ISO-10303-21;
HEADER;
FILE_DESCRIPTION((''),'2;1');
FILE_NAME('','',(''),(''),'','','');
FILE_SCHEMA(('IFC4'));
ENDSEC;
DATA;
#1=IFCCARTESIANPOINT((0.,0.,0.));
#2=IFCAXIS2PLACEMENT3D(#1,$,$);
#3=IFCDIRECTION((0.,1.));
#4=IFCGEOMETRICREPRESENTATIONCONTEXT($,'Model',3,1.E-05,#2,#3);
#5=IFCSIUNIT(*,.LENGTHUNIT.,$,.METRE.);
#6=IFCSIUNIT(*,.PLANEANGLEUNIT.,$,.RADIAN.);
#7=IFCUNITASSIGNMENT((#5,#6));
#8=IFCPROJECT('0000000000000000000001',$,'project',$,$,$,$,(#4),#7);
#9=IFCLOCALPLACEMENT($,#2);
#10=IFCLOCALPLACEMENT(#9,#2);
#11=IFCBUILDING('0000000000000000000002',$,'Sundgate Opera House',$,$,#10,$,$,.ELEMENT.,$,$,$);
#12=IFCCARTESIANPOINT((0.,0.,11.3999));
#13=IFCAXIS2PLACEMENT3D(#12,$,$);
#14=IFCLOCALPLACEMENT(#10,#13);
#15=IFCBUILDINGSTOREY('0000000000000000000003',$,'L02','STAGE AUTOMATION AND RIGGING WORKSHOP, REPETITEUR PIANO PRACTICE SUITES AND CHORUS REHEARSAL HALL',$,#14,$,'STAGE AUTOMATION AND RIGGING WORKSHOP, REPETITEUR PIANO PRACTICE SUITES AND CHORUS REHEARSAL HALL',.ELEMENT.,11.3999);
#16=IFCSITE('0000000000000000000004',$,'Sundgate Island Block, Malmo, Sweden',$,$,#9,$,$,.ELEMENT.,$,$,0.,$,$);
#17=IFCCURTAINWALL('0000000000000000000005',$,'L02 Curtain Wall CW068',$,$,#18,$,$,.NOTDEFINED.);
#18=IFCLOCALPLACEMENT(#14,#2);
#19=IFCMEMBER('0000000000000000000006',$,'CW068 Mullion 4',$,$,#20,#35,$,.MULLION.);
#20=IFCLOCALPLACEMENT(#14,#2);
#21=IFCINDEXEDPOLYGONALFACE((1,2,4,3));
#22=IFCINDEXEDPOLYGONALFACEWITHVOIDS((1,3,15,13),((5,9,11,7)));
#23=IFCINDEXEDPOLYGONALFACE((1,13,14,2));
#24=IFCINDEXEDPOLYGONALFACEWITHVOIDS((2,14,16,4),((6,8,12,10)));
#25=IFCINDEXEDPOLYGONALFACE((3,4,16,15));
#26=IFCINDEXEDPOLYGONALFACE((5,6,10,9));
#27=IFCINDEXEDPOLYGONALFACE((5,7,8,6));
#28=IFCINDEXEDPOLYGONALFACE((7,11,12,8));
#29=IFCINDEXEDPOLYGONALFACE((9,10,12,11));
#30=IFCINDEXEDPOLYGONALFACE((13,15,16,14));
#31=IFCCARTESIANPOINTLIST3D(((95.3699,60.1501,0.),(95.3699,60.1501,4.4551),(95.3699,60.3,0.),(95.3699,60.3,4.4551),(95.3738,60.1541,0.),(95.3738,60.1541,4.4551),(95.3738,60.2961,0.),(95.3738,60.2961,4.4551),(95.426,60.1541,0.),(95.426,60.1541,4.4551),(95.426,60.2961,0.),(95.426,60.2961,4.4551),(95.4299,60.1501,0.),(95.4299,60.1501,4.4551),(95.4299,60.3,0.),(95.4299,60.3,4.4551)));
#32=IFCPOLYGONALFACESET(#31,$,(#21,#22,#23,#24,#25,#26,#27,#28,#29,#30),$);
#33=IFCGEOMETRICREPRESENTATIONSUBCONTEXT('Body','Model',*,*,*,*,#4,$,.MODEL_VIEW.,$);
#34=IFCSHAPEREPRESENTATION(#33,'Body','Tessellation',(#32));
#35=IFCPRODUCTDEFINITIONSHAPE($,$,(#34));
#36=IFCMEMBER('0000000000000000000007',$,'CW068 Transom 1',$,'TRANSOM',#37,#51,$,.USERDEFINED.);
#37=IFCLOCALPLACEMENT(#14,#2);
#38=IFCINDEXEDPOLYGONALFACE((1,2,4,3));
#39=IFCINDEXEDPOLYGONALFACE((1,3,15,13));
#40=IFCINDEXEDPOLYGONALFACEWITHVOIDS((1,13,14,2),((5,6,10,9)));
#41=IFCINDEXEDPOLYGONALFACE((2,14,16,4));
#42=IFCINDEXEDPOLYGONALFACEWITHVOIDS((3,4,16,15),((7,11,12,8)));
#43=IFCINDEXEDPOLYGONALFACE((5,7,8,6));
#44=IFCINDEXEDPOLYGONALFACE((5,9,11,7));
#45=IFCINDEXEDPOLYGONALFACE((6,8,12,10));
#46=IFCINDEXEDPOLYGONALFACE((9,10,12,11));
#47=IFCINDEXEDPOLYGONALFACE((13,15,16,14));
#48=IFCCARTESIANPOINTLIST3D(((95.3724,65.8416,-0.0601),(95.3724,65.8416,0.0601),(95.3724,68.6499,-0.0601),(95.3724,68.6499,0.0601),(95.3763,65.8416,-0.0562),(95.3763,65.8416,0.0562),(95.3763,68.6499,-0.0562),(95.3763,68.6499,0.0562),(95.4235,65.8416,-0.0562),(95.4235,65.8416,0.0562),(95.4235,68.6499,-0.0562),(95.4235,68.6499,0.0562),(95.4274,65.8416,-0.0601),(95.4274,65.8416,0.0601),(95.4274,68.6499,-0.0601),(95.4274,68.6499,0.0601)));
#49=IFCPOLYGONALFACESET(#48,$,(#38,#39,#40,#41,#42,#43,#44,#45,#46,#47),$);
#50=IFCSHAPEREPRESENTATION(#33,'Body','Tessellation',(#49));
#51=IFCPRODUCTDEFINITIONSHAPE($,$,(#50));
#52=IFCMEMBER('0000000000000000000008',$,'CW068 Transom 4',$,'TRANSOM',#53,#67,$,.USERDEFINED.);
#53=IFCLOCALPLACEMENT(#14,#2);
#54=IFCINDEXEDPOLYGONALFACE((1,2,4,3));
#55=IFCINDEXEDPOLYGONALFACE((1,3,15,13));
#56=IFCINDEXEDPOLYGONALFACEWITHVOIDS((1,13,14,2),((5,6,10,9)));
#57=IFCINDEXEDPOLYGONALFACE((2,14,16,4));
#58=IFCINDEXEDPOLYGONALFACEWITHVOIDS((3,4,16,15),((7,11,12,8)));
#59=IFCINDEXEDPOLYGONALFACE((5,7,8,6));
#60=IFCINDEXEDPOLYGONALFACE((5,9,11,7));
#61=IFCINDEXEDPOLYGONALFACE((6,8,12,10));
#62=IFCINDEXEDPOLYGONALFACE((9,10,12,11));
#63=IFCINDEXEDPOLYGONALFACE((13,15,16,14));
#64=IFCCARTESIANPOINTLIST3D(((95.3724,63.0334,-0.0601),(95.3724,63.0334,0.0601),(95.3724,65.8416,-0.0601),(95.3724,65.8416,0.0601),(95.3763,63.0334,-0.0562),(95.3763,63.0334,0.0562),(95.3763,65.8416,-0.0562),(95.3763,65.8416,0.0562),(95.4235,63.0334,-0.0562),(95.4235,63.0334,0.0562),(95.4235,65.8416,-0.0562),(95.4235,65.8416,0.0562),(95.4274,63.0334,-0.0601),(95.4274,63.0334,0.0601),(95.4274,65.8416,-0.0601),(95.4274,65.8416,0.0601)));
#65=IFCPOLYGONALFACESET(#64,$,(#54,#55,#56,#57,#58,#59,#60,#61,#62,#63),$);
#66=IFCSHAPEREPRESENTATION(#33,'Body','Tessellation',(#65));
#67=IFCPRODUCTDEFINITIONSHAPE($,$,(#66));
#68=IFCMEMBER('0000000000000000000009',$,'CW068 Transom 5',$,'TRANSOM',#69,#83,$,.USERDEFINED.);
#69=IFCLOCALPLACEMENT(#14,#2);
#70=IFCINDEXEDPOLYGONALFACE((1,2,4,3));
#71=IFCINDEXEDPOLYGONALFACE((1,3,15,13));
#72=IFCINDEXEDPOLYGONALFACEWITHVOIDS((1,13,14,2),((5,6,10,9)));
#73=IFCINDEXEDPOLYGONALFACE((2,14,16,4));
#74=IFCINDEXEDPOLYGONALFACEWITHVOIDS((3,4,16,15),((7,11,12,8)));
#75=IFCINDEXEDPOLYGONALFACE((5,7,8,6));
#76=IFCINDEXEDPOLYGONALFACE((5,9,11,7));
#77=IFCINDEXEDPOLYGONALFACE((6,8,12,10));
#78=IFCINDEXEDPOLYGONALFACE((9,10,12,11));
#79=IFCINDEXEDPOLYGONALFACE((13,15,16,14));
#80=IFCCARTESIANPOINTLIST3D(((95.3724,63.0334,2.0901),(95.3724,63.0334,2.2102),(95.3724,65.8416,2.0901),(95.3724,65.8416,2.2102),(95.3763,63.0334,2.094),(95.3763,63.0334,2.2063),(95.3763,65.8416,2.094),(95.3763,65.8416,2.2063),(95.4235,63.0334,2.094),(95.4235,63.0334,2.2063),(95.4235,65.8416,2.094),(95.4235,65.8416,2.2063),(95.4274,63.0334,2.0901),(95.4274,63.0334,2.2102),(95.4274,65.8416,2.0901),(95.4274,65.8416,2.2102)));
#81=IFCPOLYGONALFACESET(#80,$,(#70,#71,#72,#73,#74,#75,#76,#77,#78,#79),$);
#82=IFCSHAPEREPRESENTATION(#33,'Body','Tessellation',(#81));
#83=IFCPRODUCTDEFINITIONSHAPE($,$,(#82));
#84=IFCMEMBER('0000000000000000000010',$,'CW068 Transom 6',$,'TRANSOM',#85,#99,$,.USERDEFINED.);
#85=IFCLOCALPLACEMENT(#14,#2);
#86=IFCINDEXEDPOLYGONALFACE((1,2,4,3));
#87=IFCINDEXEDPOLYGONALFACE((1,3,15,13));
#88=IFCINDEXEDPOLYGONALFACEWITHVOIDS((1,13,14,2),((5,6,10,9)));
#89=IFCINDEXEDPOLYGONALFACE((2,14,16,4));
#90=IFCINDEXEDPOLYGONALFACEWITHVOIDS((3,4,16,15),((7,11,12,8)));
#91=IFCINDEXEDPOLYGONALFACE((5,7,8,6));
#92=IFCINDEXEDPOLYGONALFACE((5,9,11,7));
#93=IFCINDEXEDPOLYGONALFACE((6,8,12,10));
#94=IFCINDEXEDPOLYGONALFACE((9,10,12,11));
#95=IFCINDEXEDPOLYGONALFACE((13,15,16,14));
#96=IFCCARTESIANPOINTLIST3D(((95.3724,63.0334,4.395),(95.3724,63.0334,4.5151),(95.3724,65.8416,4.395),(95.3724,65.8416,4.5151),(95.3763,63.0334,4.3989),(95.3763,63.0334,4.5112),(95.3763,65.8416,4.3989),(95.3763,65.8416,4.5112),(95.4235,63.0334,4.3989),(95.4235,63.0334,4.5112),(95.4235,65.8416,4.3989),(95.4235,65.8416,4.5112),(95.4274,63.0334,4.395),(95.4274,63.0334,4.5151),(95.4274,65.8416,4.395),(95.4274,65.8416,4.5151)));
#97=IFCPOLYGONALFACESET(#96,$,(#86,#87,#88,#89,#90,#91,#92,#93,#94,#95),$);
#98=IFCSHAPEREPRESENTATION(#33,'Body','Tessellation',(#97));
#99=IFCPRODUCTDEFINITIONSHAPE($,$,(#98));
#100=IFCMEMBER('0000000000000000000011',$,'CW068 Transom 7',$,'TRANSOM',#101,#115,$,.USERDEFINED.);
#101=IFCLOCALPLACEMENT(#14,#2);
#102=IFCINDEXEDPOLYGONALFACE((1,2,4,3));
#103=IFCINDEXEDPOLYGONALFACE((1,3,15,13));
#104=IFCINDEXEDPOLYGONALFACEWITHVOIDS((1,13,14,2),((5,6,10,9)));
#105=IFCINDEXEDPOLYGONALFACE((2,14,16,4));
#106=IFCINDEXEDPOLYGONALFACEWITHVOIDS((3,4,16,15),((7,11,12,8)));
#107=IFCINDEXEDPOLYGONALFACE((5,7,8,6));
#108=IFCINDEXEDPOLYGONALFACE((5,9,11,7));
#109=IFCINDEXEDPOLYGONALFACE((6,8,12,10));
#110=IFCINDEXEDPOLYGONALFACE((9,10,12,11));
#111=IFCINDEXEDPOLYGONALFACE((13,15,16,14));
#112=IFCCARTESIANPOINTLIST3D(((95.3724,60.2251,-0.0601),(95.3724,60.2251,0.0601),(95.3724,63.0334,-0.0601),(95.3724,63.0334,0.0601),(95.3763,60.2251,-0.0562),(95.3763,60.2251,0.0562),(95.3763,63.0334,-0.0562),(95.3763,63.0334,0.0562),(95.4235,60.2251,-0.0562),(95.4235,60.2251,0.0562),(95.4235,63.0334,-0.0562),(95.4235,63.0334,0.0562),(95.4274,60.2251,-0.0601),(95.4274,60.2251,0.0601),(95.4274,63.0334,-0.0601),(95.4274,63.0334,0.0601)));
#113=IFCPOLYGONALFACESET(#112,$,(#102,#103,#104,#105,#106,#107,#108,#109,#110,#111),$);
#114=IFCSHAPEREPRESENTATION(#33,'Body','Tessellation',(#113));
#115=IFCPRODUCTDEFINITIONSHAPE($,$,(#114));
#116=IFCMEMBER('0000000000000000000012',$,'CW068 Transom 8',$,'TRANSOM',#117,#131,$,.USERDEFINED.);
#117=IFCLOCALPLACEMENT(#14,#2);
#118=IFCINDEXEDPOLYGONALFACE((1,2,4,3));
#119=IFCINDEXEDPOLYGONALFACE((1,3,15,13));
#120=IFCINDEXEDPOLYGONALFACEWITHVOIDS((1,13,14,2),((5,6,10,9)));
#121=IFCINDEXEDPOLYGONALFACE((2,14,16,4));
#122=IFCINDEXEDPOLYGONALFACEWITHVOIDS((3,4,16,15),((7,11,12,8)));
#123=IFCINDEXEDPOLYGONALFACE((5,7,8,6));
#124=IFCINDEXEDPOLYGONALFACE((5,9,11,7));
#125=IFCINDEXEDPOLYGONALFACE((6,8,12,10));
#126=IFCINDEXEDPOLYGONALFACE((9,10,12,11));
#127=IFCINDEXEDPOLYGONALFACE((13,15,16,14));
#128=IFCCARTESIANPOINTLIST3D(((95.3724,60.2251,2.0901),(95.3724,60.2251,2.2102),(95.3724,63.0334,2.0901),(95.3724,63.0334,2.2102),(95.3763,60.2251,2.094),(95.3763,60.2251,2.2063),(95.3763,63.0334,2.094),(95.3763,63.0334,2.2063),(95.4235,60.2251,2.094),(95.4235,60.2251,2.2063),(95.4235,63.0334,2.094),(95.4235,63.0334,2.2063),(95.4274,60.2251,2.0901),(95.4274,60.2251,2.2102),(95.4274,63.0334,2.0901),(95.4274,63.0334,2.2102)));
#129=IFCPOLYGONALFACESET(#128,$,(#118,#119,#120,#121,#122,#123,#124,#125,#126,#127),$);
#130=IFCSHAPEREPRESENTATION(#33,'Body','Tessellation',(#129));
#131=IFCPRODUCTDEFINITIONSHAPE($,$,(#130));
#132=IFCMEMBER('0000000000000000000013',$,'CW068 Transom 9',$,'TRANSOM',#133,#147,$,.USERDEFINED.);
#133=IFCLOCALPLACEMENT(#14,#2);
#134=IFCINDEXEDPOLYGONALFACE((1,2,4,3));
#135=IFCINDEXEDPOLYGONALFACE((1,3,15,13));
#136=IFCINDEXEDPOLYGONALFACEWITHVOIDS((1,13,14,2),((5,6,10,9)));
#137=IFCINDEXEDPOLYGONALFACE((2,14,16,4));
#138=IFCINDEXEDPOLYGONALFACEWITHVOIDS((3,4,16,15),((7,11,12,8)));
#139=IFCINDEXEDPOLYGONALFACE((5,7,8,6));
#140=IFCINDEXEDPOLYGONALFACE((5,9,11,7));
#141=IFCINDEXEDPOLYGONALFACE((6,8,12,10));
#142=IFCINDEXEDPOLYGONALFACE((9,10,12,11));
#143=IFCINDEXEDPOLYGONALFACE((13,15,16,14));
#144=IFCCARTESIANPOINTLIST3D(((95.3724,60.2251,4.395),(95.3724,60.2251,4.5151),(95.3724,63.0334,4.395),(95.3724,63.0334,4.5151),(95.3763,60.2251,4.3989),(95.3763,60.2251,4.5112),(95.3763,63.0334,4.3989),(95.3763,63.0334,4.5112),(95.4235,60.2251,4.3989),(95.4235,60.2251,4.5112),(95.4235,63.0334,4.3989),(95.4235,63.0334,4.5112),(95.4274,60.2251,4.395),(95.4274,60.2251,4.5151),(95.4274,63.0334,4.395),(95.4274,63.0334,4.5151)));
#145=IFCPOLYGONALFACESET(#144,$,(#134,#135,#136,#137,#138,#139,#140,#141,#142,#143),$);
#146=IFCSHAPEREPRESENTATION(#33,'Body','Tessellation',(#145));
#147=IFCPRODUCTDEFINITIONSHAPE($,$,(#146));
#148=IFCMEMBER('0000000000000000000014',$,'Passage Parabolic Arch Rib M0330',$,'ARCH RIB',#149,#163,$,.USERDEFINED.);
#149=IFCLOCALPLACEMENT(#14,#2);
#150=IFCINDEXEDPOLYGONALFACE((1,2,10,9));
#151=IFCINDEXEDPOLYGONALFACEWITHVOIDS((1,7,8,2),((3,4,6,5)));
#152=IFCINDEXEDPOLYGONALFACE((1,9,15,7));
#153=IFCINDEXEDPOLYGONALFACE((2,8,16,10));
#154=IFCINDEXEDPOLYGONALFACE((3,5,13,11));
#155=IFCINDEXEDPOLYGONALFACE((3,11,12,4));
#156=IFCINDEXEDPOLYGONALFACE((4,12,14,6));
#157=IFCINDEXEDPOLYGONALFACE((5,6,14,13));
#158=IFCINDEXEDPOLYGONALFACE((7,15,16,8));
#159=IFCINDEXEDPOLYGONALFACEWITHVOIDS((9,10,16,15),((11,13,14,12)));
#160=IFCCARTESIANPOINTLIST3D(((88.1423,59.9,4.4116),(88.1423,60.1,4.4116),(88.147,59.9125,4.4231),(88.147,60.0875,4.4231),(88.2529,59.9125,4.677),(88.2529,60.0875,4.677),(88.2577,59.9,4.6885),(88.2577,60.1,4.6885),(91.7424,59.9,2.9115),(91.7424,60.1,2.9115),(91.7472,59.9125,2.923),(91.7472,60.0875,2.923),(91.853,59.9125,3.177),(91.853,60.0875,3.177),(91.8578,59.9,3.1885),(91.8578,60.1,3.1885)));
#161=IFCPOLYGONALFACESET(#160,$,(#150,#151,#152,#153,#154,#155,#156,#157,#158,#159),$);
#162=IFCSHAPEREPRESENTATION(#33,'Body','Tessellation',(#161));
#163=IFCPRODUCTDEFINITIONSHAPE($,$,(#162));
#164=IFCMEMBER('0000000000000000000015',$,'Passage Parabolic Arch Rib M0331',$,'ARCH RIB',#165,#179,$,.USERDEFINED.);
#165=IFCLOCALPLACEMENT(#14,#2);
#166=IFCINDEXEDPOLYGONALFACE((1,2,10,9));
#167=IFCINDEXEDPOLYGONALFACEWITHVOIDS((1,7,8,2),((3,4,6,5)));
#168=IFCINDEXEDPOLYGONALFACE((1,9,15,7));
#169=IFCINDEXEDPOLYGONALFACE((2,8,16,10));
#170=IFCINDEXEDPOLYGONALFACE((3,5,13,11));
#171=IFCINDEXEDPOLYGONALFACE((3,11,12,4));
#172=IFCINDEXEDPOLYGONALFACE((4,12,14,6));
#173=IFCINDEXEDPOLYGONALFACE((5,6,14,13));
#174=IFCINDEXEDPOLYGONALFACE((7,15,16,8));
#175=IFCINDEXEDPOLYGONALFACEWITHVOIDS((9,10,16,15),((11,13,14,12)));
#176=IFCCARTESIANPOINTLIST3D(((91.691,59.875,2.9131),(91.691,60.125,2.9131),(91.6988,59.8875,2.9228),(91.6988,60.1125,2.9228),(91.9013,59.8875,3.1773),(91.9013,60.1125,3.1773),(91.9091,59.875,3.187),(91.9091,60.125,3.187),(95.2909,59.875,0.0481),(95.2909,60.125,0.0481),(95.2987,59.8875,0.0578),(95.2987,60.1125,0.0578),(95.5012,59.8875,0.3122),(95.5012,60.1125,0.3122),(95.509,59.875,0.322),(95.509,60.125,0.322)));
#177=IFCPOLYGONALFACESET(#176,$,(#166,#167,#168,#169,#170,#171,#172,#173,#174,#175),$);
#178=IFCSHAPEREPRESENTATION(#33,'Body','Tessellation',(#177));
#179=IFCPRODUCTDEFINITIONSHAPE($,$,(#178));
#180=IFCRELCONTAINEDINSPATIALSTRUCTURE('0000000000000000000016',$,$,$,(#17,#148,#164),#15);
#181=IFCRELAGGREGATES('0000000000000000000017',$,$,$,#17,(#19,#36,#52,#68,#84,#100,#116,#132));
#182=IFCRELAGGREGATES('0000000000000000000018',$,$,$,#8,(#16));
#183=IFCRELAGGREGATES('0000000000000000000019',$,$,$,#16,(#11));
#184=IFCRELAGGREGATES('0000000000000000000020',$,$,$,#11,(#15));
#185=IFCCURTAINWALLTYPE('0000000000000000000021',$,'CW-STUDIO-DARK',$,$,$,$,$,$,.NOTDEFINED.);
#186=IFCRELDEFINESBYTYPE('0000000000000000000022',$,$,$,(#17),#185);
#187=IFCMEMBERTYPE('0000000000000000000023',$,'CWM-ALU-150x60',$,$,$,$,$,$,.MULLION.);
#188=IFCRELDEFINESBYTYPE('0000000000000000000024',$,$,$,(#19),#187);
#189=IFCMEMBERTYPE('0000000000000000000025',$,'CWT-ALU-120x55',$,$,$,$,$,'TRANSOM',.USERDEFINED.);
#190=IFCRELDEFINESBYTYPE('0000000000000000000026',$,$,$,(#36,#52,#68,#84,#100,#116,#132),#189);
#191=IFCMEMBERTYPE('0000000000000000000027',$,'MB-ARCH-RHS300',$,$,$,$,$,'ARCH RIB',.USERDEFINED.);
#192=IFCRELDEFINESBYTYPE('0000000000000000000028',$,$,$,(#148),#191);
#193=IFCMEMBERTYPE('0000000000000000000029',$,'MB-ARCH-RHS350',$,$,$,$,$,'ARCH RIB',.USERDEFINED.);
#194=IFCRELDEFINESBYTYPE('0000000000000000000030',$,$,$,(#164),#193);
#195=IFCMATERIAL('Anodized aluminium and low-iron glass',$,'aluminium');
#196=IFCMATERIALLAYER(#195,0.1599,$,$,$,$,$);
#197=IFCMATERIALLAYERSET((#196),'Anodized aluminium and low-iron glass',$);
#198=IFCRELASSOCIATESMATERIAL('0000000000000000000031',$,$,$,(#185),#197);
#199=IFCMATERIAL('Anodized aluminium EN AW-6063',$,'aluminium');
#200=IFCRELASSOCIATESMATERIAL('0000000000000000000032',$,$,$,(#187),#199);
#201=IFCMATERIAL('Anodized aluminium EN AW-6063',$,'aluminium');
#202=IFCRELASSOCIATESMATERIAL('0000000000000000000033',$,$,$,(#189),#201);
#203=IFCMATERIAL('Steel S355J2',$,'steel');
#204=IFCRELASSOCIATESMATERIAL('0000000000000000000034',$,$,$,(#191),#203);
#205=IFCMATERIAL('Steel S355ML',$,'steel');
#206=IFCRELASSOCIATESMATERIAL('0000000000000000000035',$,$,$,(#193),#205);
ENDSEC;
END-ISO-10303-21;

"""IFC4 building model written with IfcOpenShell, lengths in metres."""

from ifc_helpers import new_model, si_unit, direction, frame, origin, origin_2d, place, context, subcontext, project, spatial, hollow_rectangle, extrude, material, layer, layer_set, material_profile, profile_set, type_object, element, aggregate, save


model = new_model("IFC4")

# Units and contexts
model_context = context("Model", 3, precision=1e-05, world=origin(), true_north=direction((0.0, 1.0)))
body_context = subcontext(model_context, "Body", "Model", "MODEL_VIEW")
ifc_project = project(units=[si_unit("LENGTHUNIT", "METRE"), si_unit("PLANEANGLEUNIT", "RADIAN")], contexts=[model_context])

# Site, building, storey
site_placement = place(None, origin())
site = spatial("IfcSite", under=ifc_project, at=site_placement, Name="Sundgate Island Block, Malmo, Sweden", CompositionType="ELEMENT", RefElevation=0.0)
building_placement = place(site_placement, origin())
building = spatial("IfcBuilding", under=site, at=building_placement, Name="Sundgate Opera House", CompositionType="ELEMENT")
storey_placement = place(building_placement, frame((0.0, 0.0, 11.3999)))
storey = spatial("IfcBuildingStorey", under=building, at=storey_placement, Name="L02", Description="STAGE AUTOMATION AND RIGGING WORKSHOP, REPETITEUR PIANO PRACTICE SUITES AND CHORUS REHEARSAL HALL", LongName="STAGE AUTOMATION AND RIGGING WORKSHOP, REPETITEUR PIANO PRACTICE SUITES AND CHORUS REHEARSAL HALL", CompositionType="ELEMENT", Elevation=11.3999)

# Curtain wall, members
ifc_material_1 = material(Name="Anodized aluminium and low-iron glass", Category="aluminium")
ifc_layer_1 = layer(ifc_material_1, 0.1599)
ifc_layer_set_1 = layer_set([ifc_layer_1], Name="Anodized aluminium and low-iron glass")
curtain_wall_type = type_object("IfcCurtainWallType", Name="CW-STUDIO-DARK", PredefinedType="NOTDEFINED", material=ifc_layer_set_1)
curtain_wall_placement = place(storey_placement, origin())
curtain_wall = element("IfcCurtainWall", 1, at=curtain_wall_placement, inside=storey, type_object=curtain_wall_type, Name="L02 Curtain Wall CW068", PredefinedType="NOTDEFINED")
ifc_material_2 = material(Name="Anodized aluminium EN AW-6063", Category="aluminium")
ifc_material_profile_1 = material_profile(ifc_material_2, hollow_rectangle(XDim=0.0601, YDim=0.1499, WallThickness=0.0039, at=origin_2d()), Name="CWM 150x60x4")
ifc_profile_set_1 = profile_set([ifc_material_profile_1], Name="Anodized aluminium EN AW-6063")
member_type_1 = type_object("IfcMemberType", Name="CWM-ALU-150x60", PredefinedType="MULLION", material=ifc_profile_set_1)
member_1_placement = place(storey_placement, frame((95.3999, 60.2251, 0.0), z_axis=(0.0, 0.0, 1.0), x_axis=(1.0, 0.0, 0.0)))
member_1 = element("IfcMember", 2, at=member_1_placement, type_object=member_type_1, Name="CW068 Mullion 4", PredefinedType="MULLION", context=body_context, shape_type="SweptSolid", body=[
    extrude(hollow_rectangle(XDim=0.0601, YDim=0.1499, WallThickness=0.0039, at=origin_2d()), origin(), (0.0, 0.0, 1.0), 4.4551),
])
ifc_material_3 = material(Name="Anodized aluminium EN AW-6063", Category="aluminium")
ifc_material_profile_2 = material_profile(ifc_material_3, hollow_rectangle(XDim=0.0549, YDim=0.1201, WallThickness=0.0039, at=origin_2d()), Name="CWT 120x55x4")
ifc_profile_set_2 = profile_set([ifc_material_profile_2], Name="Anodized aluminium EN AW-6063")
member_type_2 = type_object("IfcMemberType", Name="CWT-ALU-120x55", ElementType="TRANSOM", PredefinedType="USERDEFINED", material=ifc_profile_set_2)
member_2_placement = place(storey_placement, frame((95.3999, 68.6499, 0.0), z_axis=(0.0, -1.0, 0.0), x_axis=(1.0, 0.0, 0.0)))
member_2 = element("IfcMember", 3, at=member_2_placement, type_object=member_type_2, Name="CW068 Transom 1", ObjectType="TRANSOM", PredefinedType="USERDEFINED", context=body_context, shape_type="SweptSolid", body=[
    extrude(hollow_rectangle(XDim=0.0549, YDim=0.1201, WallThickness=0.0039, at=origin_2d()), origin(), (0.0, 0.0, 1.0), 2.8083),
])
member_3_placement = place(storey_placement, frame((95.3999, 65.8416, 0.0), z_axis=(0.0, -1.0, 0.0), x_axis=(1.0, 0.0, 0.0)))
member_3 = element("IfcMember", 4, at=member_3_placement, type_object=member_type_2, Name="CW068 Transom 4", ObjectType="TRANSOM", PredefinedType="USERDEFINED", context=body_context, shape_type="SweptSolid", body=[
    extrude(hollow_rectangle(XDim=0.0549, YDim=0.1201, WallThickness=0.0039, at=origin_2d()), origin(), (0.0, 0.0, 1.0), 2.8081),
])
member_4_placement = place(storey_placement, frame((95.3999, 65.8416, 2.1501), z_axis=(0.0, -1.0, 0.0), x_axis=(1.0, 0.0, 0.0)))
member_4 = element("IfcMember", 5, at=member_4_placement, type_object=member_type_2, Name="CW068 Transom 5", ObjectType="TRANSOM", PredefinedType="USERDEFINED", context=body_context, shape_type="SweptSolid", body=[
    extrude(hollow_rectangle(XDim=0.0549, YDim=0.1201, WallThickness=0.0039, at=origin_2d()), origin(), (0.0, 0.0, 1.0), 2.8081),
])
member_5_placement = place(storey_placement, frame((95.3999, 65.8416, 4.4551), z_axis=(0.0, -1.0, 0.0), x_axis=(1.0, 0.0, 0.0)))
member_5 = element("IfcMember", 6, at=member_5_placement, type_object=member_type_2, Name="CW068 Transom 6", ObjectType="TRANSOM", PredefinedType="USERDEFINED", context=body_context, shape_type="SweptSolid", body=[
    extrude(hollow_rectangle(XDim=0.0549, YDim=0.1201, WallThickness=0.0039, at=origin_2d()), origin(), (0.0, 0.0, 1.0), 2.8081),
])
member_6_placement = place(storey_placement, frame((95.3999, 63.0334, 0.0), z_axis=(0.0, -1.0, 0.0), x_axis=(1.0, 0.0, 0.0)))
member_6 = element("IfcMember", 7, at=member_6_placement, type_object=member_type_2, Name="CW068 Transom 7", ObjectType="TRANSOM", PredefinedType="USERDEFINED", context=body_context, shape_type="SweptSolid", body=[
    extrude(hollow_rectangle(XDim=0.0549, YDim=0.1201, WallThickness=0.0039, at=origin_2d()), origin(), (0.0, 0.0, 1.0), 2.8083),
])
member_7_placement = place(storey_placement, frame((95.3999, 63.0334, 2.1501), z_axis=(0.0, -1.0, 0.0), x_axis=(1.0, 0.0, 0.0)))
member_7 = element("IfcMember", 8, at=member_7_placement, type_object=member_type_2, Name="CW068 Transom 8", ObjectType="TRANSOM", PredefinedType="USERDEFINED", context=body_context, shape_type="SweptSolid", body=[
    extrude(hollow_rectangle(XDim=0.0549, YDim=0.1201, WallThickness=0.0039, at=origin_2d()), origin(), (0.0, 0.0, 1.0), 2.8083),
])
member_8_placement = place(storey_placement, frame((95.3999, 63.0334, 4.4551), z_axis=(0.0, -1.0, 0.0), x_axis=(1.0, 0.0, 0.0)))
member_8 = element("IfcMember", 9, at=member_8_placement, type_object=member_type_2, Name="CW068 Transom 9", ObjectType="TRANSOM", PredefinedType="USERDEFINED", context=body_context, shape_type="SweptSolid", body=[
    extrude(hollow_rectangle(XDim=0.0549, YDim=0.1201, WallThickness=0.0039, at=origin_2d()), origin(), (0.0, 0.0, 1.0), 2.8083),
])

# Members
ifc_material_4 = material(Name="Steel S355J2", Category="steel")
ifc_material_profile_3 = material_profile(ifc_material_4, hollow_rectangle(XDim=0.2, YDim=0.3, WallThickness=0.0125, at=origin_2d()), Name="RHS 300x200x12.5")
ifc_profile_set_3 = profile_set([ifc_material_profile_3], Name="Steel S355J2")
member_type_3 = type_object("IfcMemberType", Name="MB-ARCH-RHS300", ElementType="ARCH RIB", PredefinedType="USERDEFINED", material=ifc_profile_set_3)
member_9_placement = place(storey_placement, frame((88.2, 60.0, 4.55), z_axis=(0.923081, 0.0, -0.384606), x_axis=(0.0, 1.0, 0.0)))
element("IfcMember", 10, at=member_9_placement, inside=storey, type_object=member_type_3, Name="Passage Parabolic Arch Rib M0330", ObjectType="ARCH RIB", PredefinedType="USERDEFINED", context=body_context, shape_type="SweptSolid", body=[
    extrude(hollow_rectangle(XDim=0.2, YDim=0.3, WallThickness=0.0125, at=origin_2d()), origin(), (0.0, 0.0, 1.0), 3.9001),
])
ifc_material_5 = material(Name="Steel S355ML", Category="steel")
ifc_material_profile_4 = material_profile(ifc_material_5, hollow_rectangle(XDim=0.25, YDim=0.3501, WallThickness=0.0125, at=origin_2d()), Name="RHS 350x250x12.5")
ifc_profile_set_4 = profile_set([ifc_material_profile_4], Name="Steel S355ML")
member_type_4 = type_object("IfcMemberType", Name="MB-ARCH-RHS350", ElementType="ARCH RIB", PredefinedType="USERDEFINED", material=ifc_profile_set_4)
member_10_placement = place(storey_placement, frame((91.8, 60.0, 3.05), z_axis=(0.782445, 0.0, -0.622719), x_axis=(0.0, 1.0, 0.0)))
element("IfcMember", 11, at=member_10_placement, inside=storey, type_object=member_type_4, Name="Passage Parabolic Arch Rib M0331", ObjectType="ARCH RIB", PredefinedType="USERDEFINED", context=body_context, shape_type="SweptSolid", body=[
    extrude(hollow_rectangle(XDim=0.25, YDim=0.3501, WallThickness=0.0125, at=origin_2d()), origin(), (0.0, 0.0, 1.0), 4.6008),
])

aggregate(curtain_wall, [member_1, member_2, member_3, member_4, member_5, member_6, member_7, member_8])

save(model, "model.ifc")
